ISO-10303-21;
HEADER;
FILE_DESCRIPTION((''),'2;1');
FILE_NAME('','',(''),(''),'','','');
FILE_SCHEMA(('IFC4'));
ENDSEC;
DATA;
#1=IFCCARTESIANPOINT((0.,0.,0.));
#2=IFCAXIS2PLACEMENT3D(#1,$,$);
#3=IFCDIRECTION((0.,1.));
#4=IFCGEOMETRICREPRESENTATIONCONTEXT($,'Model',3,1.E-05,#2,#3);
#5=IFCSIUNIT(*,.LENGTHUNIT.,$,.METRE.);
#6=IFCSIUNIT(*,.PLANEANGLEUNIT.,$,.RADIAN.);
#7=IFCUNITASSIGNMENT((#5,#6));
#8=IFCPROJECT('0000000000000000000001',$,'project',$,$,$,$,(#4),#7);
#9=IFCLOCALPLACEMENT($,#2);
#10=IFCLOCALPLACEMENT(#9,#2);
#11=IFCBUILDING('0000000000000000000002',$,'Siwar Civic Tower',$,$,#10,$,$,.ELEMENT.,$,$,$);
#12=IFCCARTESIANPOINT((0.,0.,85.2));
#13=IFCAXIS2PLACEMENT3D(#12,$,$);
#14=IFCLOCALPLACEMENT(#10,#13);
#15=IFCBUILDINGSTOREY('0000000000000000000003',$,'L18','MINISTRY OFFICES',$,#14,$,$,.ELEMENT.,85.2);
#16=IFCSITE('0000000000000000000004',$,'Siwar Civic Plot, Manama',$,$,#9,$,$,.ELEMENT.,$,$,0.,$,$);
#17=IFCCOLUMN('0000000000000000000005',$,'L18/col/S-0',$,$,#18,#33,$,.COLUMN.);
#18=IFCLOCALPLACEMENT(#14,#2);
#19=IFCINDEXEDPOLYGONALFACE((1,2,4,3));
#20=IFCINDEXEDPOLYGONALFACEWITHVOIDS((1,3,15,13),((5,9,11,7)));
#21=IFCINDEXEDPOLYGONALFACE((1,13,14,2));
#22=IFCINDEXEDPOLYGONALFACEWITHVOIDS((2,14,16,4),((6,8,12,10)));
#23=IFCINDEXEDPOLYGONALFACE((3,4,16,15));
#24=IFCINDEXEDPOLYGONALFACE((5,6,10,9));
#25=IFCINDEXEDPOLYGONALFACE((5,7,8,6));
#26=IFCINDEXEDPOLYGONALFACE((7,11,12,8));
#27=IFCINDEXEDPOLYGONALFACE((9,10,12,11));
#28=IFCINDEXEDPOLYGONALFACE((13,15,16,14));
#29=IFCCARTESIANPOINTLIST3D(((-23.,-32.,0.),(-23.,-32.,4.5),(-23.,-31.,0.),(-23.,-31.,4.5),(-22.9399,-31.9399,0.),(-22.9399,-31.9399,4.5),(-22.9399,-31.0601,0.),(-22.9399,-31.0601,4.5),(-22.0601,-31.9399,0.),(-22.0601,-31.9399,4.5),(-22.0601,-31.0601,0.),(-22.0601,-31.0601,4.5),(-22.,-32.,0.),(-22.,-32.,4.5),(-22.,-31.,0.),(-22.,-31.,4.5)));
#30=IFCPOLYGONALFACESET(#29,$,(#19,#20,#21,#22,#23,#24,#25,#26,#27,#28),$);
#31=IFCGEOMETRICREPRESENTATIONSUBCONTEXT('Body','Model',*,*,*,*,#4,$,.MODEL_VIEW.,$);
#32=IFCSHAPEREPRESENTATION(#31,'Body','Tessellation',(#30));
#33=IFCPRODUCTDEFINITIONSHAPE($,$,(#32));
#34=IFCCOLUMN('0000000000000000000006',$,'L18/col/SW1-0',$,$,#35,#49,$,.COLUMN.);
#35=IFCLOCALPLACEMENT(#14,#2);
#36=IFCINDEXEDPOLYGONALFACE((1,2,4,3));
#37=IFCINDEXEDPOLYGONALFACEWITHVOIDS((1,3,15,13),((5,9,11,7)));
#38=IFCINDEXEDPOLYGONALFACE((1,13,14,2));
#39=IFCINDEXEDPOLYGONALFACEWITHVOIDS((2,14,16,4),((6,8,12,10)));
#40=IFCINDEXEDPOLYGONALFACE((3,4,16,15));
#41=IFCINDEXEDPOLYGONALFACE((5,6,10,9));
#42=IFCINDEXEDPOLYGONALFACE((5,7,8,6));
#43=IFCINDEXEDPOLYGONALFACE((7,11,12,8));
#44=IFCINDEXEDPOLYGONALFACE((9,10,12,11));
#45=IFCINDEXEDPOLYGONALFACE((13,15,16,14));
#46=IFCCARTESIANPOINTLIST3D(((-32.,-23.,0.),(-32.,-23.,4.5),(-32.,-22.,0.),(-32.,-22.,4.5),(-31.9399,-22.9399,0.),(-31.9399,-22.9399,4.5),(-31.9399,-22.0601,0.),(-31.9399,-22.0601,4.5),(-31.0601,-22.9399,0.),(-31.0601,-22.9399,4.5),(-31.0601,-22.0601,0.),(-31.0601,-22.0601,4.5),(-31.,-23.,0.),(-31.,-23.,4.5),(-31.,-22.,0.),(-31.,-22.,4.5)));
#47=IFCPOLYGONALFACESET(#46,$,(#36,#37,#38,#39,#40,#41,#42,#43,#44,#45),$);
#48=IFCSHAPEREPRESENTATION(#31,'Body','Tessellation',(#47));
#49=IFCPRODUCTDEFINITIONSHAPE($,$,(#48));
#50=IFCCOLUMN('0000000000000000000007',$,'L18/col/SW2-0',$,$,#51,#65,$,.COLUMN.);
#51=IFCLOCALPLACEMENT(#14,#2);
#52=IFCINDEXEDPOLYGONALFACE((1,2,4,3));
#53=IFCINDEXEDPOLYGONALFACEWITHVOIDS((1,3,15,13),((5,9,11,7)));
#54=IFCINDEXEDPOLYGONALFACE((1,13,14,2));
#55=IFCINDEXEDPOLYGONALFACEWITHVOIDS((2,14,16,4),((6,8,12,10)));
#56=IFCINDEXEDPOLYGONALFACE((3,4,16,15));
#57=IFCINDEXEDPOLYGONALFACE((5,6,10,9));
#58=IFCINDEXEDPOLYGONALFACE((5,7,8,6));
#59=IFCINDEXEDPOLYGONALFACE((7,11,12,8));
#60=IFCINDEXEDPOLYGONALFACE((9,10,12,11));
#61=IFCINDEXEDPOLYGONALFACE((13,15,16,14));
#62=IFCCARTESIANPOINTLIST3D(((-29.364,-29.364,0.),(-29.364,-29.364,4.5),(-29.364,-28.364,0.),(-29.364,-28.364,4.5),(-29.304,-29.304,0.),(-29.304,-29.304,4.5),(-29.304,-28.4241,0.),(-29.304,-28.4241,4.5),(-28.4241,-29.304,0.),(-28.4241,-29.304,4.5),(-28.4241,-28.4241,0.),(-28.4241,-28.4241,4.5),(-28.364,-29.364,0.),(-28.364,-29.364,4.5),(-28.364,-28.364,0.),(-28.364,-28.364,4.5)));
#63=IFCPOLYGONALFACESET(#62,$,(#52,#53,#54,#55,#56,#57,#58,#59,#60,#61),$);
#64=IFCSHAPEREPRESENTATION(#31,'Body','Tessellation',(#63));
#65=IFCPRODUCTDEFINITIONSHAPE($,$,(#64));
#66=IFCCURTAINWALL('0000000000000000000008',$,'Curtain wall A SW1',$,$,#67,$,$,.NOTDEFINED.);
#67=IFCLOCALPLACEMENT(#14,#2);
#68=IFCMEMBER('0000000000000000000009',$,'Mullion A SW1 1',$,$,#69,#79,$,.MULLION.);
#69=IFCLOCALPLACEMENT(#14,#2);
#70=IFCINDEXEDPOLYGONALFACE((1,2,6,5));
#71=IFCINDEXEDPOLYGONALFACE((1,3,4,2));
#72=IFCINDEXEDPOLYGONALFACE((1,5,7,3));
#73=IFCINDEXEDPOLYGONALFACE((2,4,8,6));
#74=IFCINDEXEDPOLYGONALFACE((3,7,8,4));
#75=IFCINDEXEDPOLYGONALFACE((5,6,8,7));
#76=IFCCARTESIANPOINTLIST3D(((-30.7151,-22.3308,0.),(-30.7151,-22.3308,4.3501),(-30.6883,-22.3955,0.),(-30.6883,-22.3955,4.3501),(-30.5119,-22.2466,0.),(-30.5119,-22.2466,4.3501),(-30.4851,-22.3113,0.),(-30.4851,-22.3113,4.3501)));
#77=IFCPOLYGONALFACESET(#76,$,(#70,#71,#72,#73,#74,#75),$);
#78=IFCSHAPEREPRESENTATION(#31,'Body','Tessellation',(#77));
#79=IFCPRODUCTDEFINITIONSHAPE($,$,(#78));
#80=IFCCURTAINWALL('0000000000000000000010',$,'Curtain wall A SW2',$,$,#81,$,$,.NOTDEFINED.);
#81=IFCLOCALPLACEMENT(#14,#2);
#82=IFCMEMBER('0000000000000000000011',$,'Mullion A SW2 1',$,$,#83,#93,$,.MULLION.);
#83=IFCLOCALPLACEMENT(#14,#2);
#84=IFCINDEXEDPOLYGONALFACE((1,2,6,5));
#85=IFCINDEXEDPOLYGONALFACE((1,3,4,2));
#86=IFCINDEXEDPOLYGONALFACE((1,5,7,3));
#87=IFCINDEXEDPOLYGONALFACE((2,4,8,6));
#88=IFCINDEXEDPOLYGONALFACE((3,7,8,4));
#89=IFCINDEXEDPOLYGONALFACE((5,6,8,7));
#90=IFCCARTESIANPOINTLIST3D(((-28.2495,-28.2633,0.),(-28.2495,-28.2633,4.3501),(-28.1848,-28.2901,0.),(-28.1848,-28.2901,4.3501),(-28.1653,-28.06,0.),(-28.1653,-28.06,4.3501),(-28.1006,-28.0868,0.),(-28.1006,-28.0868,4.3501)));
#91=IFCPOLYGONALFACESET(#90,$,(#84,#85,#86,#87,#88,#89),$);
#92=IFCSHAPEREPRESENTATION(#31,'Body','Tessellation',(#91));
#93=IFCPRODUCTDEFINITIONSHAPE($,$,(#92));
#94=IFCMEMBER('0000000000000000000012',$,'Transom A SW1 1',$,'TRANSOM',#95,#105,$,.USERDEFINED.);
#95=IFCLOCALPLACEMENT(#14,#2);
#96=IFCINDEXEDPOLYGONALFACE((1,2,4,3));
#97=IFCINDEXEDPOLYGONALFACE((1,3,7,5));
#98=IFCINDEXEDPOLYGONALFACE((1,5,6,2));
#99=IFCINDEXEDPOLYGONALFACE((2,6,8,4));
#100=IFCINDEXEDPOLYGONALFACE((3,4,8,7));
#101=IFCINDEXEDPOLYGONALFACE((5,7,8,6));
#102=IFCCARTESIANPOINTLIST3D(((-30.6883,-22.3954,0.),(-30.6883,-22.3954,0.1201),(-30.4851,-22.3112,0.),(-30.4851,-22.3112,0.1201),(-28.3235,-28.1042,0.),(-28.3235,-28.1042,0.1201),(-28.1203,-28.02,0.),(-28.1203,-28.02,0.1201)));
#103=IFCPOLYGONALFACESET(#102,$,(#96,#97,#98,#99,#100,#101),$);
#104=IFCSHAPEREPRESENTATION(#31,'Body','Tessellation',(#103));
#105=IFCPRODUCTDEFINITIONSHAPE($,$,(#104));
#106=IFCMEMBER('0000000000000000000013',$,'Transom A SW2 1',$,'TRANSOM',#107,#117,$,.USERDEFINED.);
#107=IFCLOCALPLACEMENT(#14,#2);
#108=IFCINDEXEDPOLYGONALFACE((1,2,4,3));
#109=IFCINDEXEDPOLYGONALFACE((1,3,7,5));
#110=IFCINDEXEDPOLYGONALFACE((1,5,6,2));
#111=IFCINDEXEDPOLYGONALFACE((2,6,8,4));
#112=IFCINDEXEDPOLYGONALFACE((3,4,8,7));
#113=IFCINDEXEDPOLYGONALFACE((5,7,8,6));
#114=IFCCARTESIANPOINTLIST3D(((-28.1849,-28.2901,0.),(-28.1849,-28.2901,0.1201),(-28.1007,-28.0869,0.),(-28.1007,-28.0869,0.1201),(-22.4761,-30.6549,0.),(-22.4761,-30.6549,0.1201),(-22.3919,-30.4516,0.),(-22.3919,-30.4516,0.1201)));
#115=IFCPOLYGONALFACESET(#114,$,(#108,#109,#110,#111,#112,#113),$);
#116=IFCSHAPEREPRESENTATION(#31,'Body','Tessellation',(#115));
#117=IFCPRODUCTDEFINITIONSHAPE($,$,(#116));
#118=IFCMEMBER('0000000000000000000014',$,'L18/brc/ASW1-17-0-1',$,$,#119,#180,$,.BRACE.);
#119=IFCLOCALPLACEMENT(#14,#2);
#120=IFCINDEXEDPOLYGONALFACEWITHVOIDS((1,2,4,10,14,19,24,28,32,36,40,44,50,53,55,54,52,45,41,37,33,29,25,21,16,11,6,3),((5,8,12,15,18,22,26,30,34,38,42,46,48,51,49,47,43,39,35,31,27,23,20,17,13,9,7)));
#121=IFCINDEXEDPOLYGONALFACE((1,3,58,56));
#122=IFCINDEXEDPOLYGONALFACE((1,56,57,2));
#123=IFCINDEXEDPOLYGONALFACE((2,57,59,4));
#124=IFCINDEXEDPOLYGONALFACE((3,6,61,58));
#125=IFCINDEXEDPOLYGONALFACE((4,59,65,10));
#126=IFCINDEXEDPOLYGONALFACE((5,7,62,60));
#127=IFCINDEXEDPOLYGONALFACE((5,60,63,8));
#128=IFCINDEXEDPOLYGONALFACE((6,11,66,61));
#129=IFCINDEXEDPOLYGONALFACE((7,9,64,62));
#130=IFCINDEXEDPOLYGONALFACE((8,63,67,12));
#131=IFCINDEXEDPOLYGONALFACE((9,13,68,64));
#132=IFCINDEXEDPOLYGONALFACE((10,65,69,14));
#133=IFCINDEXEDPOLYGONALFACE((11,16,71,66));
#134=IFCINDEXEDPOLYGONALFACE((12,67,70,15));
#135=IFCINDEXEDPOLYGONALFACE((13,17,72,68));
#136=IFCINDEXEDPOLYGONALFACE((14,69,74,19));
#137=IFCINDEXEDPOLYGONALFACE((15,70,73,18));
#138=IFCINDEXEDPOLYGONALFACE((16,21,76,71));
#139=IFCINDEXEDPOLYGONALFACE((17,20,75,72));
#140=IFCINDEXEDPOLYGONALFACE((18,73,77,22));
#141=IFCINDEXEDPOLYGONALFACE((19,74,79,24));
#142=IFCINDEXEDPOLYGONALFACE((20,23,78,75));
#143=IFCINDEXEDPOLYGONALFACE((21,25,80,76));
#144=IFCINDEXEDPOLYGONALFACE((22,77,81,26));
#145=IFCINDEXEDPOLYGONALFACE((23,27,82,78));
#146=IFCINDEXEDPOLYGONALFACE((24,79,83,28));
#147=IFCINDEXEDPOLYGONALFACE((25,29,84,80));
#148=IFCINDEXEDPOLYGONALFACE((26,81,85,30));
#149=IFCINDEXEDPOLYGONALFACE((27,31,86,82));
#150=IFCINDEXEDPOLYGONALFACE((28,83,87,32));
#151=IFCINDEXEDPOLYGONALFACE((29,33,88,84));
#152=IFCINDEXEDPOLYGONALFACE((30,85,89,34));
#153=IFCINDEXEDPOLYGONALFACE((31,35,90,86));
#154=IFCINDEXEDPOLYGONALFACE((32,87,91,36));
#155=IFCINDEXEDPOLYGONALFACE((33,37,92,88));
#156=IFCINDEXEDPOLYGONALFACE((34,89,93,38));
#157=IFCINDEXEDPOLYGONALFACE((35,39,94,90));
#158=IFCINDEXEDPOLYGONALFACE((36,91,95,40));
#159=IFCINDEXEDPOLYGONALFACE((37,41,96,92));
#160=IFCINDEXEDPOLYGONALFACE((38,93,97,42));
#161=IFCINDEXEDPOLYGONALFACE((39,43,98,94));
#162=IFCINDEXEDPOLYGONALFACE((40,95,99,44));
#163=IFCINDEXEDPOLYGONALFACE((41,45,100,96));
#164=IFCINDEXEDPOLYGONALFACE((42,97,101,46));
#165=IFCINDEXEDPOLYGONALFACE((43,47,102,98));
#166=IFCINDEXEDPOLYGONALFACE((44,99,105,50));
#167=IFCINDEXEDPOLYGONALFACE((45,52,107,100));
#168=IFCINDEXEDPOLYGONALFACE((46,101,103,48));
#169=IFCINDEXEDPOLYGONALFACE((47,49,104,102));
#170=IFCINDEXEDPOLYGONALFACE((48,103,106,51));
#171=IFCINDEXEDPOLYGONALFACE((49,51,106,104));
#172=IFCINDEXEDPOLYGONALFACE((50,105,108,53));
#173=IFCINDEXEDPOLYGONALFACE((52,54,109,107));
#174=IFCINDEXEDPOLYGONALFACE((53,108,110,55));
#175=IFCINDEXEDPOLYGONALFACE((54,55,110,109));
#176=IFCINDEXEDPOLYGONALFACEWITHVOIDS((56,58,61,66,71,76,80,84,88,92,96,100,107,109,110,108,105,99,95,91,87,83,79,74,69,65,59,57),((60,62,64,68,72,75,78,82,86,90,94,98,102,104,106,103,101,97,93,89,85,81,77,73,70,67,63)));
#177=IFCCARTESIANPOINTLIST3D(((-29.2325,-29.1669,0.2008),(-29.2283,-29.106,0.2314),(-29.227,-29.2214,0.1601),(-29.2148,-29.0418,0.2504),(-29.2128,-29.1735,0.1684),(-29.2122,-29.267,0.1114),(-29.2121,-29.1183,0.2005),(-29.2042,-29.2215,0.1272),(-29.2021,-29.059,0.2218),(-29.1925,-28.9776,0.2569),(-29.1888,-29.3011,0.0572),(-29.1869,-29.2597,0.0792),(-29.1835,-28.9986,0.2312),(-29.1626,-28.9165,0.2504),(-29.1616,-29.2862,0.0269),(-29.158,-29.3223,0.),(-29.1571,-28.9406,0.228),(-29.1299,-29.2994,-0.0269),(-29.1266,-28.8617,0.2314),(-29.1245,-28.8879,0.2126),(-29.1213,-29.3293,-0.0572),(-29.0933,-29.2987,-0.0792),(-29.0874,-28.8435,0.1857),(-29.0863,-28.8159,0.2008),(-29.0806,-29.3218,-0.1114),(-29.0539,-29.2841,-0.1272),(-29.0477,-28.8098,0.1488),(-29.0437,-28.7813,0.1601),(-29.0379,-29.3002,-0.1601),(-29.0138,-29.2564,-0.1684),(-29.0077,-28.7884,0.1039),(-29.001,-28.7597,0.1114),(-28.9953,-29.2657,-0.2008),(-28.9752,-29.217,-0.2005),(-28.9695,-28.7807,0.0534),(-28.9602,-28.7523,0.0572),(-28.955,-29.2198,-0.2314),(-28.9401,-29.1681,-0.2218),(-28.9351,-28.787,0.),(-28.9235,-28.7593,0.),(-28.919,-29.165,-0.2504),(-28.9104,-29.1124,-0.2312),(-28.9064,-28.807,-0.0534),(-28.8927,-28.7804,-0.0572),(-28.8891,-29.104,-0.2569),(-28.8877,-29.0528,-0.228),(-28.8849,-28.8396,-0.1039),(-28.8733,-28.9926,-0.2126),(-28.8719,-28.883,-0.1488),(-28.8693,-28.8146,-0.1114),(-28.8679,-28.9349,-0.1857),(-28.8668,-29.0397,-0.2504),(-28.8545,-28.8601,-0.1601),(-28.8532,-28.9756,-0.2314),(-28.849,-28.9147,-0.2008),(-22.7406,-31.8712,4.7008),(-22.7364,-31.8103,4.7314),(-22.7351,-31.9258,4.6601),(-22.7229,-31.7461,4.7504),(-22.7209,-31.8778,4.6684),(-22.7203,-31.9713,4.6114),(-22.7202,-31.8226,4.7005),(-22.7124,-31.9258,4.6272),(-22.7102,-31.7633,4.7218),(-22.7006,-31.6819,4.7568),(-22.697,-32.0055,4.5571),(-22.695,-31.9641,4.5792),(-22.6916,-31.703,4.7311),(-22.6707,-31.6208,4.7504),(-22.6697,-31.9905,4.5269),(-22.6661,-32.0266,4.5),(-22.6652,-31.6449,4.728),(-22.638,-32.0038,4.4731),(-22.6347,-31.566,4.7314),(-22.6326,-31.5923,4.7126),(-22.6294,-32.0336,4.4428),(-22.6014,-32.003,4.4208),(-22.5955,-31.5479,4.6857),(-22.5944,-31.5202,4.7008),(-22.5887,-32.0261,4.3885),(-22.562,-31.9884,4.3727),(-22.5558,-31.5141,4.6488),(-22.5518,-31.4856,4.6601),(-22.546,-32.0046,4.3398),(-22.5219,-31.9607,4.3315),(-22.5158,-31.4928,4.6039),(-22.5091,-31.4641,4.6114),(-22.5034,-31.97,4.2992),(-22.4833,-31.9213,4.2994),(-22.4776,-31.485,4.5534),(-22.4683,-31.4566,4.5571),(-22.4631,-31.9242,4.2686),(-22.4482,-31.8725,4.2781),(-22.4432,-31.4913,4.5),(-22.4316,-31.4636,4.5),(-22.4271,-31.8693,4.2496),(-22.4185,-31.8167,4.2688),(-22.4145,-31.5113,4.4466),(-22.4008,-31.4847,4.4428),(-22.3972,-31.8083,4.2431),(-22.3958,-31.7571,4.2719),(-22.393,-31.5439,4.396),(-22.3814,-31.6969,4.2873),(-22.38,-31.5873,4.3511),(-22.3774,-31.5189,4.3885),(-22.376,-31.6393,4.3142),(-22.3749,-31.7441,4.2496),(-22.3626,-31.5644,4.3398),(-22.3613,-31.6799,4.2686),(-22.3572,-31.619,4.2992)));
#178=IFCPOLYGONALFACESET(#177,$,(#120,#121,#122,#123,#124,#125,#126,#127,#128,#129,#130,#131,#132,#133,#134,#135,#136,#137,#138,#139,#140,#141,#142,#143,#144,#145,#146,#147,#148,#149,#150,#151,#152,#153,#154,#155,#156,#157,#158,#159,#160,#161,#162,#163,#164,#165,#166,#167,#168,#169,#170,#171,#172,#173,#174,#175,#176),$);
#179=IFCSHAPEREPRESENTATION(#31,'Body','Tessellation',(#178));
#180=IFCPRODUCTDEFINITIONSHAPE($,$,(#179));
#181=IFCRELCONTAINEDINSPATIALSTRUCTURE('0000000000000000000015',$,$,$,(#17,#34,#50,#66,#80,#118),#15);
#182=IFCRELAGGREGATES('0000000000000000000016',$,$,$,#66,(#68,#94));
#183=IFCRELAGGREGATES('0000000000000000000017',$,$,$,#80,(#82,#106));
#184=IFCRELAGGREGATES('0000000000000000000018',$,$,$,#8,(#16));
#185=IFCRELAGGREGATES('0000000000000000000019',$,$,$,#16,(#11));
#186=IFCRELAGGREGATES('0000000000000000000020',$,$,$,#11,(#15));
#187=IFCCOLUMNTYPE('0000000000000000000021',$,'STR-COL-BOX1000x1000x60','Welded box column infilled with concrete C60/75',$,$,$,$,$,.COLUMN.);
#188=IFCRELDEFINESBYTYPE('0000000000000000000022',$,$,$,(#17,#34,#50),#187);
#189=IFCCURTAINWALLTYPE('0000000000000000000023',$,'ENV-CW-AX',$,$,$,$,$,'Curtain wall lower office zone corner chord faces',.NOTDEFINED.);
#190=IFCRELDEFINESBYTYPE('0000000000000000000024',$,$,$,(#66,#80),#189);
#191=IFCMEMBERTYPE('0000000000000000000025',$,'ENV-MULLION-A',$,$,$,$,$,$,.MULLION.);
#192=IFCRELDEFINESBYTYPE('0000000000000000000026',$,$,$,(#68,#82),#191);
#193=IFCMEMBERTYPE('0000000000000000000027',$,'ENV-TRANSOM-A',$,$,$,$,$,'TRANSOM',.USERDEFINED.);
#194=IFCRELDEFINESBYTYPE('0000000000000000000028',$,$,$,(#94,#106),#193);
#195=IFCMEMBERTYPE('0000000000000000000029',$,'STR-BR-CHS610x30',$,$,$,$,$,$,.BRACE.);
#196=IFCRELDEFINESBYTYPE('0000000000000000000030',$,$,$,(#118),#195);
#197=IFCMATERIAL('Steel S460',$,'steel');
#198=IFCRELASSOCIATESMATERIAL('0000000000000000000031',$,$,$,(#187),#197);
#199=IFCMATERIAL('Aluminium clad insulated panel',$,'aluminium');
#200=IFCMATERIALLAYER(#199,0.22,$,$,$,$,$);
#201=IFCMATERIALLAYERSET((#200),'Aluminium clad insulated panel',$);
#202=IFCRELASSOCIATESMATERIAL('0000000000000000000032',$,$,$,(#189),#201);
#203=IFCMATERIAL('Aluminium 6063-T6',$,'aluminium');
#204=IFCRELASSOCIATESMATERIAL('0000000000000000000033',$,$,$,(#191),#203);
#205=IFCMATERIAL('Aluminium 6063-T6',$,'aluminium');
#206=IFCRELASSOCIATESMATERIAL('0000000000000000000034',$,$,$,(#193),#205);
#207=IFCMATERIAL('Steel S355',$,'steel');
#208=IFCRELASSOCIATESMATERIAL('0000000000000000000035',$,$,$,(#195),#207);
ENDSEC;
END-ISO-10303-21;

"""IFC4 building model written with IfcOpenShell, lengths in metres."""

from ifc_helpers import new_model, si_unit, direction, frame, origin, origin_2d, place, context, subcontext, project, spatial, rectangle, hollow_rectangle, hollow_circle, extrude, material, layer, layer_set, material_profile, profile_set, type_object, element, aggregate, save


model = new_model("IFC4")

# Units and contexts
model_context = context("Model", 3, precision=1e-05, world=origin(), true_north=direction((0.0, 1.0)))
body_context = subcontext(model_context, "Body", "Model", "MODEL_VIEW")
ifc_project = project(units=[si_unit("LENGTHUNIT", "METRE"), si_unit("PLANEANGLEUNIT", "RADIAN")], contexts=[model_context])

# Site, building, storey
site_placement = place(None, origin())
site = spatial("IfcSite", under=ifc_project, at=site_placement, Name="Siwar Civic Plot, Manama", CompositionType="ELEMENT", RefElevation=0.0)
building_placement = place(site_placement, origin())
building = spatial("IfcBuilding", under=site, at=building_placement, Name="Siwar Civic Tower", CompositionType="ELEMENT")
storey_placement = place(building_placement, frame((0.0, 0.0, 85.2)))
storey = spatial("IfcBuildingStorey", under=building, at=storey_placement, Name="L18", Description="MINISTRY OFFICES", CompositionType="ELEMENT", Elevation=85.2)

# Columns
ifc_material_1 = material(Name="Steel S460", Category="steel")
ifc_material_profile_1 = material_profile(ifc_material_1, hollow_rectangle(XDim=1.0, YDim=1.0, WallThickness=0.0601, at=origin_2d()), Name="BOX1000x1000x60")
ifc_profile_set_1 = profile_set([ifc_material_profile_1], Name="Steel S460")
column_type = type_object("IfcColumnType", Name="STR-COL-BOX1000x1000x60", Description="Welded box column infilled with concrete C60/75", PredefinedType="COLUMN", material=ifc_profile_set_1)
for number, where, z_axis, x_axis, name in (
    (1, (-22.5, -31.5, 0.0), (0.0, 0.0, 1.0), (1.0, 0.0, 0.0), "L18/col/S-0"),
    (2, (-31.5, -22.5, 0.0), (0.0, 0.0, 1.0), (1.0, 0.0, 0.0), "L18/col/SW1-0"),
    (3, (-28.864, -28.864, 0.0), (0.0, 0.0, 1.0), (1.0, 0.0, 0.0), "L18/col/SW2-0"),
):
    element("IfcColumn", number, at=place(storey_placement, frame(where, z_axis=z_axis, x_axis=x_axis)), inside=storey, type_object=column_type, Name=name, PredefinedType="COLUMN", context=body_context, shape_type="SweptSolid", body=[
        extrude(hollow_rectangle(XDim=1.0, YDim=1.0, WallThickness=0.0601, at=origin_2d()), origin(), (0.0, 0.0, 1.0), 4.5),
    ])

# Curtain walls, members
ifc_material_2 = material(Name="Aluminium clad insulated panel", Category="aluminium")
ifc_layer_1 = layer(ifc_material_2, 0.22)
ifc_layer_set_1 = layer_set([ifc_layer_1], Name="Aluminium clad insulated panel")
curtain_wall_type = type_object("IfcCurtainWallType", Name="ENV-CW-AX", ElementType="Curtain wall lower office zone corner chord faces", PredefinedType="NOTDEFINED", material=ifc_layer_set_1)
curtain_wall_1_placement = place(storey_placement, origin())
curtain_wall_1 = element("IfcCurtainWall", 4, at=curtain_wall_1_placement, inside=storey, type_object=curtain_wall_type, Name="Curtain wall A SW1", PredefinedType="NOTDEFINED")
ifc_material_3 = material(Name="Aluminium 6063-T6", Category="aluminium")
ifc_material_profile_2 = material_profile(ifc_material_3, rectangle(XDim=0.22, YDim=0.0701, at=origin_2d()), Name="AL 220x70")
ifc_profile_set_2 = profile_set([ifc_material_profile_2], Name="Aluminium 6063-T6")
member_type_1 = type_object("IfcMemberType", Name="ENV-MULLION-A", PredefinedType="MULLION", material=ifc_profile_set_2)
member_1_placement = place(storey_placement, frame((-30.6001, -22.321, 0.0), z_axis=(0.0, 0.0, 1.0), x_axis=(0.92388, 0.382683, 0.0)))
member_1 = element("IfcMember", 5, at=member_1_placement, type_object=member_type_1, Name="Mullion A SW1 1", PredefinedType="MULLION", context=body_context, shape_type="SweptSolid", body=[
    extrude(rectangle(XDim=0.22, YDim=0.0701, at=origin_2d()), origin(), (0.0, 0.0, 1.0), 4.3501),
])
curtain_wall_2_placement = place(storey_placement, origin())
curtain_wall_2 = element("IfcCurtainWall", 6, at=curtain_wall_2_placement, inside=storey, type_object=curtain_wall_type, Name="Curtain wall A SW2", PredefinedType="NOTDEFINED")
member_2_placement = place(storey_placement, frame((-28.175, -28.175, 0.0), z_axis=(0.0, 0.0, 1.0), x_axis=(0.382683, 0.92388, 0.0)))
member_2 = element("IfcMember", 7, at=member_2_placement, type_object=member_type_1, Name="Mullion A SW2 1", PredefinedType="MULLION", context=body_context, shape_type="SweptSolid", body=[
    extrude(rectangle(XDim=0.22, YDim=0.0701, at=origin_2d()), origin(), (0.0, 0.0, 1.0), 4.3501),
])

# Members
ifc_material_4 = material(Name="Aluminium 6063-T6", Category="aluminium")
ifc_material_profile_3 = material_profile(ifc_material_4, rectangle(XDim=0.22, YDim=0.1201, at=origin_2d()), Name="AL 220x120")
ifc_profile_set_3 = profile_set([ifc_material_profile_3], Name="Aluminium 6063-T6")
member_type_2 = type_object("IfcMemberType", Name="ENV-TRANSOM-A", ElementType="TRANSOM", PredefinedType="USERDEFINED", material=ifc_profile_set_3)
member_3_placement = place(storey_placement, frame((-30.5867, -22.3533, 0.0601), z_axis=(0.382698, -0.923873, 0.0), x_axis=(0.923873, 0.382698, 0.0)))
member_3 = element("IfcMember", 8, at=member_3_placement, type_object=member_type_2, Name="Transom A SW1 1", ObjectType="TRANSOM", PredefinedType="USERDEFINED", context=body_context, shape_type="SweptSolid", body=[
    extrude(rectangle(XDim=0.22, YDim=0.1201, at=origin_2d()), origin(), (0.0, 0.0, 1.0), 6.1792),
])
member_4_placement = place(storey_placement, frame((-28.1428, -28.1885, 0.0601), z_axis=(0.923873, -0.382698, 0.0), x_axis=(0.382698, 0.923873, 0.0)))
member_4 = element("IfcMember", 9, at=member_4_placement, type_object=member_type_2, Name="Transom A SW2 1", ObjectType="TRANSOM", PredefinedType="USERDEFINED", context=body_context, shape_type="SweptSolid", body=[
    extrude(rectangle(XDim=0.22, YDim=0.1201, at=origin_2d()), origin(), (0.0, 0.0, 1.0), 6.1792),
])

# Member
ifc_material_5 = material(Name="Steel S355", Category="steel")
ifc_material_profile_4 = material_profile(ifc_material_5, hollow_circle(Radius=0.3049, WallThickness=0.03, at=origin_2d()), Name="CHS610x30")
ifc_profile_set_4 = profile_set([ifc_material_profile_4], Name="Steel S355")
member_type_3 = type_object("IfcMemberType", Name="STR-BR-CHS610x30", PredefinedType="BRACE", material=ifc_profile_set_4)
member_5_placement = place(storey_placement, frame((-29.0408, -29.0408, 0.0), z_axis=(0.777555, -0.323906, 0.538975), x_axis=(0.384539, 0.923109, 0.0)))
element("IfcMember", 10, at=member_5_placement, inside=storey, type_object=member_type_3, Name="L18/brc/ASW1-17-0-1", PredefinedType="BRACE", context=body_context, shape_type="SweptSolid", body=[
    extrude(hollow_circle(Radius=0.3049, WallThickness=0.03, at=origin_2d()), origin(), (0.0, 0.0, 1.0), 8.3491),
])

aggregate(curtain_wall_1, [member_1, member_3])
aggregate(curtain_wall_2, [member_2, member_4])

save(model, "model.ifc")
